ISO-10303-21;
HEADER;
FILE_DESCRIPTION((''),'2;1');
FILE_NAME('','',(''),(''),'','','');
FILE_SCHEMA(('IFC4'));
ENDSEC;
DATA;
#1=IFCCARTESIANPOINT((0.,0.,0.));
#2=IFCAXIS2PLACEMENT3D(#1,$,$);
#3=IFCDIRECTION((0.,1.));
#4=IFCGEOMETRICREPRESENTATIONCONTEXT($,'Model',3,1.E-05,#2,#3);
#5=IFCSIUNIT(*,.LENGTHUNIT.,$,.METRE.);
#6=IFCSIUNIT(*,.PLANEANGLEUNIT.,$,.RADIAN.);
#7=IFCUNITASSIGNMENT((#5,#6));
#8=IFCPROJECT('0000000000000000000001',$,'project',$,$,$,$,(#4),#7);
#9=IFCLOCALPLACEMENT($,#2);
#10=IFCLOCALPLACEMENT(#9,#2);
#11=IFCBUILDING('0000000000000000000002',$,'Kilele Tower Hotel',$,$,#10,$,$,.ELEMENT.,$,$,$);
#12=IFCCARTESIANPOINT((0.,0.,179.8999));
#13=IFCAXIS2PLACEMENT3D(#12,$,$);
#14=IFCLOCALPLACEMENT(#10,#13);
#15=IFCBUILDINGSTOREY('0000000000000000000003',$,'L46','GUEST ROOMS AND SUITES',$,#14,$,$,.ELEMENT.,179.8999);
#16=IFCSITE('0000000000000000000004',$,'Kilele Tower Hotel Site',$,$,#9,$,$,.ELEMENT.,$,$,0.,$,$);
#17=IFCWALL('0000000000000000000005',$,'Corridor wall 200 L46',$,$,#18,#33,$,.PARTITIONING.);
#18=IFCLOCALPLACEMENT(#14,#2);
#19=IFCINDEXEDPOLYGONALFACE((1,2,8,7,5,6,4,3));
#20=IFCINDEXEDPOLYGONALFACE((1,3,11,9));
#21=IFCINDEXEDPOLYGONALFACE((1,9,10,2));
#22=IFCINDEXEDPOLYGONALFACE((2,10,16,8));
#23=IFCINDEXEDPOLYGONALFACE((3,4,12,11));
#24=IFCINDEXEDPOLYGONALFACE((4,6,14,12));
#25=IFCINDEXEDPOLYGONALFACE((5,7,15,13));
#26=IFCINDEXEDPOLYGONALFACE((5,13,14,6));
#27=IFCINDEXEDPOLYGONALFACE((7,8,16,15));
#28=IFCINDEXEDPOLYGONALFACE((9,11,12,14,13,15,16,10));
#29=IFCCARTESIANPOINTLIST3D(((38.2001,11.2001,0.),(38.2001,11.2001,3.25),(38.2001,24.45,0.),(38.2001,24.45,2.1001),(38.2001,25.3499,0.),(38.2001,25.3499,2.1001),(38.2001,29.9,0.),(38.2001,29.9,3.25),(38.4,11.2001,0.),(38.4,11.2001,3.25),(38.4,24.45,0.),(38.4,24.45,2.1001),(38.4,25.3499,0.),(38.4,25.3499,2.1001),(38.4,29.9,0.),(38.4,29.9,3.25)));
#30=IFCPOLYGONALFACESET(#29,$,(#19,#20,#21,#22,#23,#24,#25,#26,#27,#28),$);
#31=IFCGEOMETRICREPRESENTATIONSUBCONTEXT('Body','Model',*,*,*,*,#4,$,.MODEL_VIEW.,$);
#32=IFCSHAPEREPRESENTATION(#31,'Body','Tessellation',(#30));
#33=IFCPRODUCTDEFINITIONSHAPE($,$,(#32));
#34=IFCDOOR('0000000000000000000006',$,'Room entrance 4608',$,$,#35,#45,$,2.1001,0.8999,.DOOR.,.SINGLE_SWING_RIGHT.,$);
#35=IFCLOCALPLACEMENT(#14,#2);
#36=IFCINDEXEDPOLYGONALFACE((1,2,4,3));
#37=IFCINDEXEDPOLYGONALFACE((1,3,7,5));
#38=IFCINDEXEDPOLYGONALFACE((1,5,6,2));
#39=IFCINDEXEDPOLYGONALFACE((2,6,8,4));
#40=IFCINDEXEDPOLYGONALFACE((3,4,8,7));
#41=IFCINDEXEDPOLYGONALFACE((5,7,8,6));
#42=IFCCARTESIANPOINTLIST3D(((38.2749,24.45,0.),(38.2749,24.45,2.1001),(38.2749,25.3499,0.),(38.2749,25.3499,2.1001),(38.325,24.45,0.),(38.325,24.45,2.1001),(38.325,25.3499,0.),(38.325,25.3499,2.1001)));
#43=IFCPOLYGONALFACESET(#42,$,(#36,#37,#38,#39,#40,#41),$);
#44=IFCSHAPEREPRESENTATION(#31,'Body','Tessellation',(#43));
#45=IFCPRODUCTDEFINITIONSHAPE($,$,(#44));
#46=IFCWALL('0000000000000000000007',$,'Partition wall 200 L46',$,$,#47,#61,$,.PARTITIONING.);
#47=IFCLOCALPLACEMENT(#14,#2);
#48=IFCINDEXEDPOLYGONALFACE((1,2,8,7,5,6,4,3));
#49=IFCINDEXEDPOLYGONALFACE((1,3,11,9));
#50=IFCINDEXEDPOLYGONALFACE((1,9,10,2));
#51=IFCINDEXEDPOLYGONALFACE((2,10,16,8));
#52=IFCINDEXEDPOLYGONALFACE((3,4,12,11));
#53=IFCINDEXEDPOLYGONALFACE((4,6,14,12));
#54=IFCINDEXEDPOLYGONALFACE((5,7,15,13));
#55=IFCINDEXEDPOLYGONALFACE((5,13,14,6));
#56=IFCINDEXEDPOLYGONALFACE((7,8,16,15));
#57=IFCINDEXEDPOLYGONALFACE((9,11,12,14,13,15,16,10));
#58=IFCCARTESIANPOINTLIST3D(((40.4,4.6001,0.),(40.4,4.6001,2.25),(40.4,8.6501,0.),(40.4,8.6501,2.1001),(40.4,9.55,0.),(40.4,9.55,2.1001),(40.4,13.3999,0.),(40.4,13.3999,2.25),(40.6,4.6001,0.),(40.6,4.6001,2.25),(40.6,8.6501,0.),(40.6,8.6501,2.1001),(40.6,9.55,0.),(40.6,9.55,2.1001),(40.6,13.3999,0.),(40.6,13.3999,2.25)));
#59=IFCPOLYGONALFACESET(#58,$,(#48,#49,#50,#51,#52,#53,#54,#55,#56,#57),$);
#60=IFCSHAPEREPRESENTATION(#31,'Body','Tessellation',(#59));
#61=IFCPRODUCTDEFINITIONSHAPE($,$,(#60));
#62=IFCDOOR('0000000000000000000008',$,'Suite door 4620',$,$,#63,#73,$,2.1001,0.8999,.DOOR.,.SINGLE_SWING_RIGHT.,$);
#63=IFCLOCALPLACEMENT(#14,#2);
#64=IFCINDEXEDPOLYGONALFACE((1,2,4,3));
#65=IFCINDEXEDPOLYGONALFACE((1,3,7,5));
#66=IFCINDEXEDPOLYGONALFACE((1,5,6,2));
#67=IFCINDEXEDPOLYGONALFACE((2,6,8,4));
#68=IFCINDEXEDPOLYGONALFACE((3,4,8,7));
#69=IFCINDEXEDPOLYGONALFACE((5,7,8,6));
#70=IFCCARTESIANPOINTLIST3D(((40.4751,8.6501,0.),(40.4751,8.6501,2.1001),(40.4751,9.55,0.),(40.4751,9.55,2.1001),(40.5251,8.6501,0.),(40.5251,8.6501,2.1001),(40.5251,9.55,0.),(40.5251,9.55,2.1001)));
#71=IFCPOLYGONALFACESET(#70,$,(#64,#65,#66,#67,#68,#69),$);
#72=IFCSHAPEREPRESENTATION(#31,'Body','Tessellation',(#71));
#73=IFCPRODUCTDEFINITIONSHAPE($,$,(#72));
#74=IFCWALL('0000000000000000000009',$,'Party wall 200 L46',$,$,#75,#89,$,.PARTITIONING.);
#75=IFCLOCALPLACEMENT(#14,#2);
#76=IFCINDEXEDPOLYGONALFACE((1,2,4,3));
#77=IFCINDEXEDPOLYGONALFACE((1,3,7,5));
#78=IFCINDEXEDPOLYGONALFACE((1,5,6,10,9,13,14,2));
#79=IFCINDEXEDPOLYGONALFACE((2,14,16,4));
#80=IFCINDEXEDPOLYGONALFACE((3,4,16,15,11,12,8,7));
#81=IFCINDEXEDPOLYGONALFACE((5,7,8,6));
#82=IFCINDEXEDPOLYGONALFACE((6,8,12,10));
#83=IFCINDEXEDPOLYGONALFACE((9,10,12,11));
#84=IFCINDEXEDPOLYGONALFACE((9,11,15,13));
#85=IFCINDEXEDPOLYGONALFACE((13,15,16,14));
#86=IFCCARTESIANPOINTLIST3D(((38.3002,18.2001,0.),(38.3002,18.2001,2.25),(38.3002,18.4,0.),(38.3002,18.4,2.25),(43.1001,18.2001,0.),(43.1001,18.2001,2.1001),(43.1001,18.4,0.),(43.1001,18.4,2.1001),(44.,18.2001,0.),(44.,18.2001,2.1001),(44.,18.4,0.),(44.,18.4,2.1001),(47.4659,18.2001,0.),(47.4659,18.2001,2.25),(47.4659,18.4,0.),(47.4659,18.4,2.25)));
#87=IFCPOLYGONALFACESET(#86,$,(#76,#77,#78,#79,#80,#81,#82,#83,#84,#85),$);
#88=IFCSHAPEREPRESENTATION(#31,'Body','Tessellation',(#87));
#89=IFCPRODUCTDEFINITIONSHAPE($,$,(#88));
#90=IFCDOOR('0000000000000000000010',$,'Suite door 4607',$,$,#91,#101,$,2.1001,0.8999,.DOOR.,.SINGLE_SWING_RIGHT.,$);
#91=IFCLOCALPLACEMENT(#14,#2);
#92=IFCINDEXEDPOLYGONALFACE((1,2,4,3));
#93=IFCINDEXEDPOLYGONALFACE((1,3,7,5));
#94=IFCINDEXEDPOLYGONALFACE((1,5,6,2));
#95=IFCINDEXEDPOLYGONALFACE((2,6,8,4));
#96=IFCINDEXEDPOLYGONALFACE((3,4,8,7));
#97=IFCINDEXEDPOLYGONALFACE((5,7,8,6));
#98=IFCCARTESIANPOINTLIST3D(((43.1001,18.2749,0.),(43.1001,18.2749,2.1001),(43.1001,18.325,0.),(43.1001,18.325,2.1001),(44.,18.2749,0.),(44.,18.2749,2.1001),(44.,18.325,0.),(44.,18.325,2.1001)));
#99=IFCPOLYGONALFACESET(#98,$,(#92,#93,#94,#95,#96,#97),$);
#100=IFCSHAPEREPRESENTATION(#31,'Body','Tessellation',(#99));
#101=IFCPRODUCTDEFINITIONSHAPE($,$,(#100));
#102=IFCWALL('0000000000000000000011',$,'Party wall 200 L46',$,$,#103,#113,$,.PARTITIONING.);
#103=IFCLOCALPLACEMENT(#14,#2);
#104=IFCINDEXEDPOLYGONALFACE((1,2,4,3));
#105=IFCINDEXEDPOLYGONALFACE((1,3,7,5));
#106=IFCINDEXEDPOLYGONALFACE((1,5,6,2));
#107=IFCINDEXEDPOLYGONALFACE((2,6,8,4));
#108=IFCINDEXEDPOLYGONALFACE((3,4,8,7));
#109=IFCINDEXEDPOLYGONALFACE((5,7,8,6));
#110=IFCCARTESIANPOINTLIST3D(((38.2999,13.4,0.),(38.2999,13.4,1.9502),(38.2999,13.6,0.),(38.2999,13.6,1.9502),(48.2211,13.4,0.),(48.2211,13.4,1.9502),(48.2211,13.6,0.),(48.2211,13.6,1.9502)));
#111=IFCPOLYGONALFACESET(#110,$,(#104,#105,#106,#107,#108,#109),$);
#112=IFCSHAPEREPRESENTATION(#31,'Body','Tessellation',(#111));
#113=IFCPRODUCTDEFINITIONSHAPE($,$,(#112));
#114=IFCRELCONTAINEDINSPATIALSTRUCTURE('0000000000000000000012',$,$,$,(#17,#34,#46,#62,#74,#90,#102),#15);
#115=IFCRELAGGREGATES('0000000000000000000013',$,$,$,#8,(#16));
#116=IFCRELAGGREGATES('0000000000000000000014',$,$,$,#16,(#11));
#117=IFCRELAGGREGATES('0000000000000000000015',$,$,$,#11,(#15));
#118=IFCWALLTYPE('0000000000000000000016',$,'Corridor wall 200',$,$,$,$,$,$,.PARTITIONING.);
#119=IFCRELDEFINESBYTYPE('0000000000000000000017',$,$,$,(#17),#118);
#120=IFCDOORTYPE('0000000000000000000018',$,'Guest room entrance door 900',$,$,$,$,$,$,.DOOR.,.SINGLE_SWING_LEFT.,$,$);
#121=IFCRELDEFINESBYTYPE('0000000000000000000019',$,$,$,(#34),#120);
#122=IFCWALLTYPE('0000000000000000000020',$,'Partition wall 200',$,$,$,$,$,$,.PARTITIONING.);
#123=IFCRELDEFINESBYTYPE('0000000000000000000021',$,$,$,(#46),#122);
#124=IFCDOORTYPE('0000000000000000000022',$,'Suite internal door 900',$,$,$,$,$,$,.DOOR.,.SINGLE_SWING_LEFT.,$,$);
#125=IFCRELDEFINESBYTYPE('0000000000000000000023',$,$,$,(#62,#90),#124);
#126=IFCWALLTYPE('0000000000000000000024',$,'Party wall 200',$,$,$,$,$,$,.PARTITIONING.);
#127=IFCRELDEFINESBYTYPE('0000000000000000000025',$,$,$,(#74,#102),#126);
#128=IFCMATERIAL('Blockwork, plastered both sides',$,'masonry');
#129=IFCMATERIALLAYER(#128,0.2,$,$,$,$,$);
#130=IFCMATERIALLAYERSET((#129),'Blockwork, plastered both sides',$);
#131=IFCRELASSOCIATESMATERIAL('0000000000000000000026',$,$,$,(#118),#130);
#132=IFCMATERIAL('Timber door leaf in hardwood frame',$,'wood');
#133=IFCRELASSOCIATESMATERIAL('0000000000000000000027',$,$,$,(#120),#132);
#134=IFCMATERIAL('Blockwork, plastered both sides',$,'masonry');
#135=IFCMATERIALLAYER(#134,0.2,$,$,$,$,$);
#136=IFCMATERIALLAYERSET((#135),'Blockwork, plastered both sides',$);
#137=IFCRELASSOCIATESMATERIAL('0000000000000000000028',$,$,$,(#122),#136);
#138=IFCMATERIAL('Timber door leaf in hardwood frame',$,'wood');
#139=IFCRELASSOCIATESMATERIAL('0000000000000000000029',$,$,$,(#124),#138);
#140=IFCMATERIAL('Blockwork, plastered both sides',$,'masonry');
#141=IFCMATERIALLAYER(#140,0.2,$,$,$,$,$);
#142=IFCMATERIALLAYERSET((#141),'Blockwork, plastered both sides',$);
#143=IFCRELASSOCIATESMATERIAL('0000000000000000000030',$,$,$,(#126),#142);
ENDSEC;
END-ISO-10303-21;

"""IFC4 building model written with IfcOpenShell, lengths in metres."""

from ifc_helpers import new_model, si_unit, direction, frame, frame_2d, origin, place, context, subcontext, project, spatial, rectangle, extrude, material, layer, layer_set, type_object, element, fill, save


model = new_model("IFC4")

# Units and contexts
model_context = context("Model", 3, precision=1e-05, world=origin(), true_north=direction((0.0, 1.0)))
body_context = subcontext(model_context, "Body", "Model", "MODEL_VIEW")
ifc_project = project(units=[si_unit("LENGTHUNIT", "METRE"), si_unit("PLANEANGLEUNIT", "RADIAN")], contexts=[model_context])

# Site, building, storey
site_placement = place(None, origin())
site = spatial("IfcSite", under=ifc_project, at=site_placement, Name="Kilele Tower Hotel Site", CompositionType="ELEMENT", RefElevation=0.0)
building_placement = place(site_placement, origin())
building = spatial("IfcBuilding", under=site, at=building_placement, Name="Kilele Tower Hotel", CompositionType="ELEMENT")
storey_placement = place(building_placement, frame((0.0, 0.0, 179.8999)))
storey = spatial("IfcBuildingStorey", under=building, at=storey_placement, Name="L46", Description="GUEST ROOMS AND SUITES", CompositionType="ELEMENT", Elevation=179.8999)

# Walls, openings, doors
ifc_material_1 = material(Name="Blockwork, plastered both sides", Category="masonry")
ifc_layer_1 = layer(ifc_material_1, 0.2)
ifc_layer_set_1 = layer_set([ifc_layer_1], Name="Blockwork, plastered both sides")
wall_type_1 = type_object("IfcWallType", Name="Corridor wall 200", PredefinedType="PARTITIONING", material=ifc_layer_set_1)
wall_1_placement = place(storey_placement, frame((38.3, 11.2, 0.0), z_axis=(0.0, 0.0, 1.0), x_axis=(0.0, 1.0, 0.0)))
wall_1 = element("IfcWall", 1, at=wall_1_placement, inside=storey, type_object=wall_type_1, Name="Corridor wall 200 L46", PredefinedType="PARTITIONING", context=body_context, shape_type="SweptSolid", body=[
    extrude(rectangle(XDim=18.7, YDim=0.2, at=frame_2d((9.3501, 0.0))), origin(), (0.0, 0.0, 1.0), 3.25),
])
opening_1_placement = place(wall_1_placement, frame((14.1499, 0.0, 0.0), z_axis=(0.0, 0.0, 1.0), x_axis=(-1.0, 0.0, 0.0)))
opening_1 = element("IfcOpeningElement", 2, at=opening_1_placement, cuts=wall_1, PredefinedType="OPENING", context=body_context, shape_type="SweptSolid", body=[
    extrude(rectangle(XDim=0.8999, YDim=2.1001, at=frame_2d((0.45, 1.05))), frame((0.0, 0.1099, 0.0), z_axis=(0.0, -1.0, 0.0), x_axis=(1.0, 0.0, 0.0)), (0.0, 0.0, 1.0), 0.22),
])
ifc_material_2 = material(Name="Timber door leaf in hardwood frame", Category="wood")
door_type_1 = type_object("IfcDoorType", Name="Guest room entrance door 900", OperationType="SINGLE_SWING_LEFT", PredefinedType="DOOR", material=ifc_material_2)
door_1_placement = place(opening_1_placement, origin())
door_1 = element("IfcDoor", 3, at=door_1_placement, inside=storey, type_object=door_type_1, Name="Room entrance 4608", OperationType="SINGLE_SWING_RIGHT", OverallHeight=2.1001, OverallWidth=0.8999, PredefinedType="DOOR", context=body_context, shape_type="SweptSolid", body=[
    extrude(rectangle(XDim=0.8999, YDim=2.1001, at=frame_2d((0.45, 1.05))), frame((0.0, 0.0249, 0.0), z_axis=(0.0, -1.0, 0.0), x_axis=(1.0, 0.0, 0.0)), (0.0, 0.0, 1.0), 0.05),
])
fill(opening_1, door_1)
ifc_material_3 = material(Name="Blockwork, plastered both sides", Category="masonry")
ifc_layer_2 = layer(ifc_material_3, 0.2)
ifc_layer_set_2 = layer_set([ifc_layer_2], Name="Blockwork, plastered both sides")
wall_type_2 = type_object("IfcWallType", Name="Partition wall 200", PredefinedType="PARTITIONING", material=ifc_layer_set_2)
wall_2_placement = place(storey_placement, frame((40.5, 4.6001, 0.0), z_axis=(0.0, 0.0, 1.0), x_axis=(0.0, 1.0, 0.0)))
wall_2 = element("IfcWall", 4, at=wall_2_placement, inside=storey, type_object=wall_type_2, Name="Partition wall 200 L46", PredefinedType="PARTITIONING", context=body_context, shape_type="SweptSolid", body=[
    extrude(rectangle(XDim=8.7998, YDim=0.2, at=frame_2d((4.3999, 0.0))), origin(), (0.0, 0.0, 1.0), 2.25),
])
opening_2_placement = place(wall_2_placement, frame((4.05, 0.0, 0.0)))
opening_2 = element("IfcOpeningElement", 5, at=opening_2_placement, cuts=wall_2, PredefinedType="OPENING", context=body_context, shape_type="SweptSolid", body=[
    extrude(rectangle(XDim=0.8999, YDim=2.1001, at=frame_2d((0.45, 1.05))), frame((0.0, 0.1099, 0.0), z_axis=(0.0, -1.0, 0.0), x_axis=(1.0, 0.0, 0.0)), (0.0, 0.0, 1.0), 0.22),
])
ifc_material_4 = material(Name="Timber door leaf in hardwood frame", Category="wood")
door_type_2 = type_object("IfcDoorType", Name="Suite internal door 900", OperationType="SINGLE_SWING_LEFT", PredefinedType="DOOR", material=ifc_material_4)
door_2_placement = place(opening_2_placement, origin())
door_2 = element("IfcDoor", 6, at=door_2_placement, inside=storey, type_object=door_type_2, Name="Suite door 4620", OperationType="SINGLE_SWING_RIGHT", OverallHeight=2.1001, OverallWidth=0.8999, PredefinedType="DOOR", context=body_context, shape_type="SweptSolid", body=[
    extrude(rectangle(XDim=0.8999, YDim=2.1001, at=frame_2d((0.45, 1.05))), frame((0.0, 0.0249, 0.0), z_axis=(0.0, -1.0, 0.0), x_axis=(1.0, 0.0, 0.0)), (0.0, 0.0, 1.0), 0.05),
])
fill(opening_2, door_2)
ifc_material_5 = material(Name="Blockwork, plastered both sides", Category="masonry")
ifc_layer_3 = layer(ifc_material_5, 0.2)
ifc_layer_set_3 = layer_set([ifc_layer_3], Name="Blockwork, plastered both sides")
wall_type_3 = type_object("IfcWallType", Name="Party wall 200", PredefinedType="PARTITIONING", material=ifc_layer_set_3)
wall_3_placement = place(storey_placement, frame((38.3, 18.3, 0.0), z_axis=(0.0, 0.0, 1.0), x_axis=(1.0, 0.0, 0.0)))
wall_3 = element("IfcWall", 7, at=wall_3_placement, inside=storey, type_object=wall_type_3, Name="Party wall 200 L46", PredefinedType="PARTITIONING", context=body_context, shape_type="SweptSolid", body=[
    extrude(rectangle(XDim=9.1658, YDim=0.2, at=frame_2d((4.583, 0.0))), origin(), (0.0, 0.0, 1.0), 2.25),
])
opening_3_placement = place(wall_3_placement, frame((4.8, 0.0, 0.0)))
opening_3 = element("IfcOpeningElement", 8, at=opening_3_placement, cuts=wall_3, PredefinedType="OPENING", context=body_context, shape_type="SweptSolid", body=[
    extrude(rectangle(XDim=0.8999, YDim=2.1001, at=frame_2d((0.45, 1.05))), frame((0.0, 0.1099, 0.0), z_axis=(0.0, -1.0, 0.0), x_axis=(1.0, 0.0, 0.0)), (0.0, 0.0, 1.0), 0.22),
])
door_3_placement = place(opening_3_placement, origin())
door_3 = element("IfcDoor", 9, at=door_3_placement, inside=storey, type_object=door_type_2, Name="Suite door 4607", OperationType="SINGLE_SWING_RIGHT", OverallHeight=2.1001, OverallWidth=0.8999, PredefinedType="DOOR", context=body_context, shape_type="SweptSolid", body=[
    extrude(rectangle(XDim=0.8999, YDim=2.1001, at=frame_2d((0.45, 1.05))), frame((0.0, 0.0249, 0.0), z_axis=(0.0, -1.0, 0.0), x_axis=(1.0, 0.0, 0.0)), (0.0, 0.0, 1.0), 0.05),
])
fill(opening_3, door_3)

# Wall
wall_4_placement = place(storey_placement, frame((38.3, 13.5, 0.0), z_axis=(0.0, 0.0, 1.0), x_axis=(1.0, 0.0, 0.0)))
element("IfcWall", 10, at=wall_4_placement, inside=storey, type_object=wall_type_3, Name="Party wall 200 L46", PredefinedType="PARTITIONING", context=body_context, shape_type="SweptSolid", body=[
    extrude(rectangle(XDim=9.9211, YDim=0.2, at=frame_2d((4.9604, 0.0))), origin(), (0.0, 0.0, 1.0), 1.9502),
])

save(model, "model.ifc")
